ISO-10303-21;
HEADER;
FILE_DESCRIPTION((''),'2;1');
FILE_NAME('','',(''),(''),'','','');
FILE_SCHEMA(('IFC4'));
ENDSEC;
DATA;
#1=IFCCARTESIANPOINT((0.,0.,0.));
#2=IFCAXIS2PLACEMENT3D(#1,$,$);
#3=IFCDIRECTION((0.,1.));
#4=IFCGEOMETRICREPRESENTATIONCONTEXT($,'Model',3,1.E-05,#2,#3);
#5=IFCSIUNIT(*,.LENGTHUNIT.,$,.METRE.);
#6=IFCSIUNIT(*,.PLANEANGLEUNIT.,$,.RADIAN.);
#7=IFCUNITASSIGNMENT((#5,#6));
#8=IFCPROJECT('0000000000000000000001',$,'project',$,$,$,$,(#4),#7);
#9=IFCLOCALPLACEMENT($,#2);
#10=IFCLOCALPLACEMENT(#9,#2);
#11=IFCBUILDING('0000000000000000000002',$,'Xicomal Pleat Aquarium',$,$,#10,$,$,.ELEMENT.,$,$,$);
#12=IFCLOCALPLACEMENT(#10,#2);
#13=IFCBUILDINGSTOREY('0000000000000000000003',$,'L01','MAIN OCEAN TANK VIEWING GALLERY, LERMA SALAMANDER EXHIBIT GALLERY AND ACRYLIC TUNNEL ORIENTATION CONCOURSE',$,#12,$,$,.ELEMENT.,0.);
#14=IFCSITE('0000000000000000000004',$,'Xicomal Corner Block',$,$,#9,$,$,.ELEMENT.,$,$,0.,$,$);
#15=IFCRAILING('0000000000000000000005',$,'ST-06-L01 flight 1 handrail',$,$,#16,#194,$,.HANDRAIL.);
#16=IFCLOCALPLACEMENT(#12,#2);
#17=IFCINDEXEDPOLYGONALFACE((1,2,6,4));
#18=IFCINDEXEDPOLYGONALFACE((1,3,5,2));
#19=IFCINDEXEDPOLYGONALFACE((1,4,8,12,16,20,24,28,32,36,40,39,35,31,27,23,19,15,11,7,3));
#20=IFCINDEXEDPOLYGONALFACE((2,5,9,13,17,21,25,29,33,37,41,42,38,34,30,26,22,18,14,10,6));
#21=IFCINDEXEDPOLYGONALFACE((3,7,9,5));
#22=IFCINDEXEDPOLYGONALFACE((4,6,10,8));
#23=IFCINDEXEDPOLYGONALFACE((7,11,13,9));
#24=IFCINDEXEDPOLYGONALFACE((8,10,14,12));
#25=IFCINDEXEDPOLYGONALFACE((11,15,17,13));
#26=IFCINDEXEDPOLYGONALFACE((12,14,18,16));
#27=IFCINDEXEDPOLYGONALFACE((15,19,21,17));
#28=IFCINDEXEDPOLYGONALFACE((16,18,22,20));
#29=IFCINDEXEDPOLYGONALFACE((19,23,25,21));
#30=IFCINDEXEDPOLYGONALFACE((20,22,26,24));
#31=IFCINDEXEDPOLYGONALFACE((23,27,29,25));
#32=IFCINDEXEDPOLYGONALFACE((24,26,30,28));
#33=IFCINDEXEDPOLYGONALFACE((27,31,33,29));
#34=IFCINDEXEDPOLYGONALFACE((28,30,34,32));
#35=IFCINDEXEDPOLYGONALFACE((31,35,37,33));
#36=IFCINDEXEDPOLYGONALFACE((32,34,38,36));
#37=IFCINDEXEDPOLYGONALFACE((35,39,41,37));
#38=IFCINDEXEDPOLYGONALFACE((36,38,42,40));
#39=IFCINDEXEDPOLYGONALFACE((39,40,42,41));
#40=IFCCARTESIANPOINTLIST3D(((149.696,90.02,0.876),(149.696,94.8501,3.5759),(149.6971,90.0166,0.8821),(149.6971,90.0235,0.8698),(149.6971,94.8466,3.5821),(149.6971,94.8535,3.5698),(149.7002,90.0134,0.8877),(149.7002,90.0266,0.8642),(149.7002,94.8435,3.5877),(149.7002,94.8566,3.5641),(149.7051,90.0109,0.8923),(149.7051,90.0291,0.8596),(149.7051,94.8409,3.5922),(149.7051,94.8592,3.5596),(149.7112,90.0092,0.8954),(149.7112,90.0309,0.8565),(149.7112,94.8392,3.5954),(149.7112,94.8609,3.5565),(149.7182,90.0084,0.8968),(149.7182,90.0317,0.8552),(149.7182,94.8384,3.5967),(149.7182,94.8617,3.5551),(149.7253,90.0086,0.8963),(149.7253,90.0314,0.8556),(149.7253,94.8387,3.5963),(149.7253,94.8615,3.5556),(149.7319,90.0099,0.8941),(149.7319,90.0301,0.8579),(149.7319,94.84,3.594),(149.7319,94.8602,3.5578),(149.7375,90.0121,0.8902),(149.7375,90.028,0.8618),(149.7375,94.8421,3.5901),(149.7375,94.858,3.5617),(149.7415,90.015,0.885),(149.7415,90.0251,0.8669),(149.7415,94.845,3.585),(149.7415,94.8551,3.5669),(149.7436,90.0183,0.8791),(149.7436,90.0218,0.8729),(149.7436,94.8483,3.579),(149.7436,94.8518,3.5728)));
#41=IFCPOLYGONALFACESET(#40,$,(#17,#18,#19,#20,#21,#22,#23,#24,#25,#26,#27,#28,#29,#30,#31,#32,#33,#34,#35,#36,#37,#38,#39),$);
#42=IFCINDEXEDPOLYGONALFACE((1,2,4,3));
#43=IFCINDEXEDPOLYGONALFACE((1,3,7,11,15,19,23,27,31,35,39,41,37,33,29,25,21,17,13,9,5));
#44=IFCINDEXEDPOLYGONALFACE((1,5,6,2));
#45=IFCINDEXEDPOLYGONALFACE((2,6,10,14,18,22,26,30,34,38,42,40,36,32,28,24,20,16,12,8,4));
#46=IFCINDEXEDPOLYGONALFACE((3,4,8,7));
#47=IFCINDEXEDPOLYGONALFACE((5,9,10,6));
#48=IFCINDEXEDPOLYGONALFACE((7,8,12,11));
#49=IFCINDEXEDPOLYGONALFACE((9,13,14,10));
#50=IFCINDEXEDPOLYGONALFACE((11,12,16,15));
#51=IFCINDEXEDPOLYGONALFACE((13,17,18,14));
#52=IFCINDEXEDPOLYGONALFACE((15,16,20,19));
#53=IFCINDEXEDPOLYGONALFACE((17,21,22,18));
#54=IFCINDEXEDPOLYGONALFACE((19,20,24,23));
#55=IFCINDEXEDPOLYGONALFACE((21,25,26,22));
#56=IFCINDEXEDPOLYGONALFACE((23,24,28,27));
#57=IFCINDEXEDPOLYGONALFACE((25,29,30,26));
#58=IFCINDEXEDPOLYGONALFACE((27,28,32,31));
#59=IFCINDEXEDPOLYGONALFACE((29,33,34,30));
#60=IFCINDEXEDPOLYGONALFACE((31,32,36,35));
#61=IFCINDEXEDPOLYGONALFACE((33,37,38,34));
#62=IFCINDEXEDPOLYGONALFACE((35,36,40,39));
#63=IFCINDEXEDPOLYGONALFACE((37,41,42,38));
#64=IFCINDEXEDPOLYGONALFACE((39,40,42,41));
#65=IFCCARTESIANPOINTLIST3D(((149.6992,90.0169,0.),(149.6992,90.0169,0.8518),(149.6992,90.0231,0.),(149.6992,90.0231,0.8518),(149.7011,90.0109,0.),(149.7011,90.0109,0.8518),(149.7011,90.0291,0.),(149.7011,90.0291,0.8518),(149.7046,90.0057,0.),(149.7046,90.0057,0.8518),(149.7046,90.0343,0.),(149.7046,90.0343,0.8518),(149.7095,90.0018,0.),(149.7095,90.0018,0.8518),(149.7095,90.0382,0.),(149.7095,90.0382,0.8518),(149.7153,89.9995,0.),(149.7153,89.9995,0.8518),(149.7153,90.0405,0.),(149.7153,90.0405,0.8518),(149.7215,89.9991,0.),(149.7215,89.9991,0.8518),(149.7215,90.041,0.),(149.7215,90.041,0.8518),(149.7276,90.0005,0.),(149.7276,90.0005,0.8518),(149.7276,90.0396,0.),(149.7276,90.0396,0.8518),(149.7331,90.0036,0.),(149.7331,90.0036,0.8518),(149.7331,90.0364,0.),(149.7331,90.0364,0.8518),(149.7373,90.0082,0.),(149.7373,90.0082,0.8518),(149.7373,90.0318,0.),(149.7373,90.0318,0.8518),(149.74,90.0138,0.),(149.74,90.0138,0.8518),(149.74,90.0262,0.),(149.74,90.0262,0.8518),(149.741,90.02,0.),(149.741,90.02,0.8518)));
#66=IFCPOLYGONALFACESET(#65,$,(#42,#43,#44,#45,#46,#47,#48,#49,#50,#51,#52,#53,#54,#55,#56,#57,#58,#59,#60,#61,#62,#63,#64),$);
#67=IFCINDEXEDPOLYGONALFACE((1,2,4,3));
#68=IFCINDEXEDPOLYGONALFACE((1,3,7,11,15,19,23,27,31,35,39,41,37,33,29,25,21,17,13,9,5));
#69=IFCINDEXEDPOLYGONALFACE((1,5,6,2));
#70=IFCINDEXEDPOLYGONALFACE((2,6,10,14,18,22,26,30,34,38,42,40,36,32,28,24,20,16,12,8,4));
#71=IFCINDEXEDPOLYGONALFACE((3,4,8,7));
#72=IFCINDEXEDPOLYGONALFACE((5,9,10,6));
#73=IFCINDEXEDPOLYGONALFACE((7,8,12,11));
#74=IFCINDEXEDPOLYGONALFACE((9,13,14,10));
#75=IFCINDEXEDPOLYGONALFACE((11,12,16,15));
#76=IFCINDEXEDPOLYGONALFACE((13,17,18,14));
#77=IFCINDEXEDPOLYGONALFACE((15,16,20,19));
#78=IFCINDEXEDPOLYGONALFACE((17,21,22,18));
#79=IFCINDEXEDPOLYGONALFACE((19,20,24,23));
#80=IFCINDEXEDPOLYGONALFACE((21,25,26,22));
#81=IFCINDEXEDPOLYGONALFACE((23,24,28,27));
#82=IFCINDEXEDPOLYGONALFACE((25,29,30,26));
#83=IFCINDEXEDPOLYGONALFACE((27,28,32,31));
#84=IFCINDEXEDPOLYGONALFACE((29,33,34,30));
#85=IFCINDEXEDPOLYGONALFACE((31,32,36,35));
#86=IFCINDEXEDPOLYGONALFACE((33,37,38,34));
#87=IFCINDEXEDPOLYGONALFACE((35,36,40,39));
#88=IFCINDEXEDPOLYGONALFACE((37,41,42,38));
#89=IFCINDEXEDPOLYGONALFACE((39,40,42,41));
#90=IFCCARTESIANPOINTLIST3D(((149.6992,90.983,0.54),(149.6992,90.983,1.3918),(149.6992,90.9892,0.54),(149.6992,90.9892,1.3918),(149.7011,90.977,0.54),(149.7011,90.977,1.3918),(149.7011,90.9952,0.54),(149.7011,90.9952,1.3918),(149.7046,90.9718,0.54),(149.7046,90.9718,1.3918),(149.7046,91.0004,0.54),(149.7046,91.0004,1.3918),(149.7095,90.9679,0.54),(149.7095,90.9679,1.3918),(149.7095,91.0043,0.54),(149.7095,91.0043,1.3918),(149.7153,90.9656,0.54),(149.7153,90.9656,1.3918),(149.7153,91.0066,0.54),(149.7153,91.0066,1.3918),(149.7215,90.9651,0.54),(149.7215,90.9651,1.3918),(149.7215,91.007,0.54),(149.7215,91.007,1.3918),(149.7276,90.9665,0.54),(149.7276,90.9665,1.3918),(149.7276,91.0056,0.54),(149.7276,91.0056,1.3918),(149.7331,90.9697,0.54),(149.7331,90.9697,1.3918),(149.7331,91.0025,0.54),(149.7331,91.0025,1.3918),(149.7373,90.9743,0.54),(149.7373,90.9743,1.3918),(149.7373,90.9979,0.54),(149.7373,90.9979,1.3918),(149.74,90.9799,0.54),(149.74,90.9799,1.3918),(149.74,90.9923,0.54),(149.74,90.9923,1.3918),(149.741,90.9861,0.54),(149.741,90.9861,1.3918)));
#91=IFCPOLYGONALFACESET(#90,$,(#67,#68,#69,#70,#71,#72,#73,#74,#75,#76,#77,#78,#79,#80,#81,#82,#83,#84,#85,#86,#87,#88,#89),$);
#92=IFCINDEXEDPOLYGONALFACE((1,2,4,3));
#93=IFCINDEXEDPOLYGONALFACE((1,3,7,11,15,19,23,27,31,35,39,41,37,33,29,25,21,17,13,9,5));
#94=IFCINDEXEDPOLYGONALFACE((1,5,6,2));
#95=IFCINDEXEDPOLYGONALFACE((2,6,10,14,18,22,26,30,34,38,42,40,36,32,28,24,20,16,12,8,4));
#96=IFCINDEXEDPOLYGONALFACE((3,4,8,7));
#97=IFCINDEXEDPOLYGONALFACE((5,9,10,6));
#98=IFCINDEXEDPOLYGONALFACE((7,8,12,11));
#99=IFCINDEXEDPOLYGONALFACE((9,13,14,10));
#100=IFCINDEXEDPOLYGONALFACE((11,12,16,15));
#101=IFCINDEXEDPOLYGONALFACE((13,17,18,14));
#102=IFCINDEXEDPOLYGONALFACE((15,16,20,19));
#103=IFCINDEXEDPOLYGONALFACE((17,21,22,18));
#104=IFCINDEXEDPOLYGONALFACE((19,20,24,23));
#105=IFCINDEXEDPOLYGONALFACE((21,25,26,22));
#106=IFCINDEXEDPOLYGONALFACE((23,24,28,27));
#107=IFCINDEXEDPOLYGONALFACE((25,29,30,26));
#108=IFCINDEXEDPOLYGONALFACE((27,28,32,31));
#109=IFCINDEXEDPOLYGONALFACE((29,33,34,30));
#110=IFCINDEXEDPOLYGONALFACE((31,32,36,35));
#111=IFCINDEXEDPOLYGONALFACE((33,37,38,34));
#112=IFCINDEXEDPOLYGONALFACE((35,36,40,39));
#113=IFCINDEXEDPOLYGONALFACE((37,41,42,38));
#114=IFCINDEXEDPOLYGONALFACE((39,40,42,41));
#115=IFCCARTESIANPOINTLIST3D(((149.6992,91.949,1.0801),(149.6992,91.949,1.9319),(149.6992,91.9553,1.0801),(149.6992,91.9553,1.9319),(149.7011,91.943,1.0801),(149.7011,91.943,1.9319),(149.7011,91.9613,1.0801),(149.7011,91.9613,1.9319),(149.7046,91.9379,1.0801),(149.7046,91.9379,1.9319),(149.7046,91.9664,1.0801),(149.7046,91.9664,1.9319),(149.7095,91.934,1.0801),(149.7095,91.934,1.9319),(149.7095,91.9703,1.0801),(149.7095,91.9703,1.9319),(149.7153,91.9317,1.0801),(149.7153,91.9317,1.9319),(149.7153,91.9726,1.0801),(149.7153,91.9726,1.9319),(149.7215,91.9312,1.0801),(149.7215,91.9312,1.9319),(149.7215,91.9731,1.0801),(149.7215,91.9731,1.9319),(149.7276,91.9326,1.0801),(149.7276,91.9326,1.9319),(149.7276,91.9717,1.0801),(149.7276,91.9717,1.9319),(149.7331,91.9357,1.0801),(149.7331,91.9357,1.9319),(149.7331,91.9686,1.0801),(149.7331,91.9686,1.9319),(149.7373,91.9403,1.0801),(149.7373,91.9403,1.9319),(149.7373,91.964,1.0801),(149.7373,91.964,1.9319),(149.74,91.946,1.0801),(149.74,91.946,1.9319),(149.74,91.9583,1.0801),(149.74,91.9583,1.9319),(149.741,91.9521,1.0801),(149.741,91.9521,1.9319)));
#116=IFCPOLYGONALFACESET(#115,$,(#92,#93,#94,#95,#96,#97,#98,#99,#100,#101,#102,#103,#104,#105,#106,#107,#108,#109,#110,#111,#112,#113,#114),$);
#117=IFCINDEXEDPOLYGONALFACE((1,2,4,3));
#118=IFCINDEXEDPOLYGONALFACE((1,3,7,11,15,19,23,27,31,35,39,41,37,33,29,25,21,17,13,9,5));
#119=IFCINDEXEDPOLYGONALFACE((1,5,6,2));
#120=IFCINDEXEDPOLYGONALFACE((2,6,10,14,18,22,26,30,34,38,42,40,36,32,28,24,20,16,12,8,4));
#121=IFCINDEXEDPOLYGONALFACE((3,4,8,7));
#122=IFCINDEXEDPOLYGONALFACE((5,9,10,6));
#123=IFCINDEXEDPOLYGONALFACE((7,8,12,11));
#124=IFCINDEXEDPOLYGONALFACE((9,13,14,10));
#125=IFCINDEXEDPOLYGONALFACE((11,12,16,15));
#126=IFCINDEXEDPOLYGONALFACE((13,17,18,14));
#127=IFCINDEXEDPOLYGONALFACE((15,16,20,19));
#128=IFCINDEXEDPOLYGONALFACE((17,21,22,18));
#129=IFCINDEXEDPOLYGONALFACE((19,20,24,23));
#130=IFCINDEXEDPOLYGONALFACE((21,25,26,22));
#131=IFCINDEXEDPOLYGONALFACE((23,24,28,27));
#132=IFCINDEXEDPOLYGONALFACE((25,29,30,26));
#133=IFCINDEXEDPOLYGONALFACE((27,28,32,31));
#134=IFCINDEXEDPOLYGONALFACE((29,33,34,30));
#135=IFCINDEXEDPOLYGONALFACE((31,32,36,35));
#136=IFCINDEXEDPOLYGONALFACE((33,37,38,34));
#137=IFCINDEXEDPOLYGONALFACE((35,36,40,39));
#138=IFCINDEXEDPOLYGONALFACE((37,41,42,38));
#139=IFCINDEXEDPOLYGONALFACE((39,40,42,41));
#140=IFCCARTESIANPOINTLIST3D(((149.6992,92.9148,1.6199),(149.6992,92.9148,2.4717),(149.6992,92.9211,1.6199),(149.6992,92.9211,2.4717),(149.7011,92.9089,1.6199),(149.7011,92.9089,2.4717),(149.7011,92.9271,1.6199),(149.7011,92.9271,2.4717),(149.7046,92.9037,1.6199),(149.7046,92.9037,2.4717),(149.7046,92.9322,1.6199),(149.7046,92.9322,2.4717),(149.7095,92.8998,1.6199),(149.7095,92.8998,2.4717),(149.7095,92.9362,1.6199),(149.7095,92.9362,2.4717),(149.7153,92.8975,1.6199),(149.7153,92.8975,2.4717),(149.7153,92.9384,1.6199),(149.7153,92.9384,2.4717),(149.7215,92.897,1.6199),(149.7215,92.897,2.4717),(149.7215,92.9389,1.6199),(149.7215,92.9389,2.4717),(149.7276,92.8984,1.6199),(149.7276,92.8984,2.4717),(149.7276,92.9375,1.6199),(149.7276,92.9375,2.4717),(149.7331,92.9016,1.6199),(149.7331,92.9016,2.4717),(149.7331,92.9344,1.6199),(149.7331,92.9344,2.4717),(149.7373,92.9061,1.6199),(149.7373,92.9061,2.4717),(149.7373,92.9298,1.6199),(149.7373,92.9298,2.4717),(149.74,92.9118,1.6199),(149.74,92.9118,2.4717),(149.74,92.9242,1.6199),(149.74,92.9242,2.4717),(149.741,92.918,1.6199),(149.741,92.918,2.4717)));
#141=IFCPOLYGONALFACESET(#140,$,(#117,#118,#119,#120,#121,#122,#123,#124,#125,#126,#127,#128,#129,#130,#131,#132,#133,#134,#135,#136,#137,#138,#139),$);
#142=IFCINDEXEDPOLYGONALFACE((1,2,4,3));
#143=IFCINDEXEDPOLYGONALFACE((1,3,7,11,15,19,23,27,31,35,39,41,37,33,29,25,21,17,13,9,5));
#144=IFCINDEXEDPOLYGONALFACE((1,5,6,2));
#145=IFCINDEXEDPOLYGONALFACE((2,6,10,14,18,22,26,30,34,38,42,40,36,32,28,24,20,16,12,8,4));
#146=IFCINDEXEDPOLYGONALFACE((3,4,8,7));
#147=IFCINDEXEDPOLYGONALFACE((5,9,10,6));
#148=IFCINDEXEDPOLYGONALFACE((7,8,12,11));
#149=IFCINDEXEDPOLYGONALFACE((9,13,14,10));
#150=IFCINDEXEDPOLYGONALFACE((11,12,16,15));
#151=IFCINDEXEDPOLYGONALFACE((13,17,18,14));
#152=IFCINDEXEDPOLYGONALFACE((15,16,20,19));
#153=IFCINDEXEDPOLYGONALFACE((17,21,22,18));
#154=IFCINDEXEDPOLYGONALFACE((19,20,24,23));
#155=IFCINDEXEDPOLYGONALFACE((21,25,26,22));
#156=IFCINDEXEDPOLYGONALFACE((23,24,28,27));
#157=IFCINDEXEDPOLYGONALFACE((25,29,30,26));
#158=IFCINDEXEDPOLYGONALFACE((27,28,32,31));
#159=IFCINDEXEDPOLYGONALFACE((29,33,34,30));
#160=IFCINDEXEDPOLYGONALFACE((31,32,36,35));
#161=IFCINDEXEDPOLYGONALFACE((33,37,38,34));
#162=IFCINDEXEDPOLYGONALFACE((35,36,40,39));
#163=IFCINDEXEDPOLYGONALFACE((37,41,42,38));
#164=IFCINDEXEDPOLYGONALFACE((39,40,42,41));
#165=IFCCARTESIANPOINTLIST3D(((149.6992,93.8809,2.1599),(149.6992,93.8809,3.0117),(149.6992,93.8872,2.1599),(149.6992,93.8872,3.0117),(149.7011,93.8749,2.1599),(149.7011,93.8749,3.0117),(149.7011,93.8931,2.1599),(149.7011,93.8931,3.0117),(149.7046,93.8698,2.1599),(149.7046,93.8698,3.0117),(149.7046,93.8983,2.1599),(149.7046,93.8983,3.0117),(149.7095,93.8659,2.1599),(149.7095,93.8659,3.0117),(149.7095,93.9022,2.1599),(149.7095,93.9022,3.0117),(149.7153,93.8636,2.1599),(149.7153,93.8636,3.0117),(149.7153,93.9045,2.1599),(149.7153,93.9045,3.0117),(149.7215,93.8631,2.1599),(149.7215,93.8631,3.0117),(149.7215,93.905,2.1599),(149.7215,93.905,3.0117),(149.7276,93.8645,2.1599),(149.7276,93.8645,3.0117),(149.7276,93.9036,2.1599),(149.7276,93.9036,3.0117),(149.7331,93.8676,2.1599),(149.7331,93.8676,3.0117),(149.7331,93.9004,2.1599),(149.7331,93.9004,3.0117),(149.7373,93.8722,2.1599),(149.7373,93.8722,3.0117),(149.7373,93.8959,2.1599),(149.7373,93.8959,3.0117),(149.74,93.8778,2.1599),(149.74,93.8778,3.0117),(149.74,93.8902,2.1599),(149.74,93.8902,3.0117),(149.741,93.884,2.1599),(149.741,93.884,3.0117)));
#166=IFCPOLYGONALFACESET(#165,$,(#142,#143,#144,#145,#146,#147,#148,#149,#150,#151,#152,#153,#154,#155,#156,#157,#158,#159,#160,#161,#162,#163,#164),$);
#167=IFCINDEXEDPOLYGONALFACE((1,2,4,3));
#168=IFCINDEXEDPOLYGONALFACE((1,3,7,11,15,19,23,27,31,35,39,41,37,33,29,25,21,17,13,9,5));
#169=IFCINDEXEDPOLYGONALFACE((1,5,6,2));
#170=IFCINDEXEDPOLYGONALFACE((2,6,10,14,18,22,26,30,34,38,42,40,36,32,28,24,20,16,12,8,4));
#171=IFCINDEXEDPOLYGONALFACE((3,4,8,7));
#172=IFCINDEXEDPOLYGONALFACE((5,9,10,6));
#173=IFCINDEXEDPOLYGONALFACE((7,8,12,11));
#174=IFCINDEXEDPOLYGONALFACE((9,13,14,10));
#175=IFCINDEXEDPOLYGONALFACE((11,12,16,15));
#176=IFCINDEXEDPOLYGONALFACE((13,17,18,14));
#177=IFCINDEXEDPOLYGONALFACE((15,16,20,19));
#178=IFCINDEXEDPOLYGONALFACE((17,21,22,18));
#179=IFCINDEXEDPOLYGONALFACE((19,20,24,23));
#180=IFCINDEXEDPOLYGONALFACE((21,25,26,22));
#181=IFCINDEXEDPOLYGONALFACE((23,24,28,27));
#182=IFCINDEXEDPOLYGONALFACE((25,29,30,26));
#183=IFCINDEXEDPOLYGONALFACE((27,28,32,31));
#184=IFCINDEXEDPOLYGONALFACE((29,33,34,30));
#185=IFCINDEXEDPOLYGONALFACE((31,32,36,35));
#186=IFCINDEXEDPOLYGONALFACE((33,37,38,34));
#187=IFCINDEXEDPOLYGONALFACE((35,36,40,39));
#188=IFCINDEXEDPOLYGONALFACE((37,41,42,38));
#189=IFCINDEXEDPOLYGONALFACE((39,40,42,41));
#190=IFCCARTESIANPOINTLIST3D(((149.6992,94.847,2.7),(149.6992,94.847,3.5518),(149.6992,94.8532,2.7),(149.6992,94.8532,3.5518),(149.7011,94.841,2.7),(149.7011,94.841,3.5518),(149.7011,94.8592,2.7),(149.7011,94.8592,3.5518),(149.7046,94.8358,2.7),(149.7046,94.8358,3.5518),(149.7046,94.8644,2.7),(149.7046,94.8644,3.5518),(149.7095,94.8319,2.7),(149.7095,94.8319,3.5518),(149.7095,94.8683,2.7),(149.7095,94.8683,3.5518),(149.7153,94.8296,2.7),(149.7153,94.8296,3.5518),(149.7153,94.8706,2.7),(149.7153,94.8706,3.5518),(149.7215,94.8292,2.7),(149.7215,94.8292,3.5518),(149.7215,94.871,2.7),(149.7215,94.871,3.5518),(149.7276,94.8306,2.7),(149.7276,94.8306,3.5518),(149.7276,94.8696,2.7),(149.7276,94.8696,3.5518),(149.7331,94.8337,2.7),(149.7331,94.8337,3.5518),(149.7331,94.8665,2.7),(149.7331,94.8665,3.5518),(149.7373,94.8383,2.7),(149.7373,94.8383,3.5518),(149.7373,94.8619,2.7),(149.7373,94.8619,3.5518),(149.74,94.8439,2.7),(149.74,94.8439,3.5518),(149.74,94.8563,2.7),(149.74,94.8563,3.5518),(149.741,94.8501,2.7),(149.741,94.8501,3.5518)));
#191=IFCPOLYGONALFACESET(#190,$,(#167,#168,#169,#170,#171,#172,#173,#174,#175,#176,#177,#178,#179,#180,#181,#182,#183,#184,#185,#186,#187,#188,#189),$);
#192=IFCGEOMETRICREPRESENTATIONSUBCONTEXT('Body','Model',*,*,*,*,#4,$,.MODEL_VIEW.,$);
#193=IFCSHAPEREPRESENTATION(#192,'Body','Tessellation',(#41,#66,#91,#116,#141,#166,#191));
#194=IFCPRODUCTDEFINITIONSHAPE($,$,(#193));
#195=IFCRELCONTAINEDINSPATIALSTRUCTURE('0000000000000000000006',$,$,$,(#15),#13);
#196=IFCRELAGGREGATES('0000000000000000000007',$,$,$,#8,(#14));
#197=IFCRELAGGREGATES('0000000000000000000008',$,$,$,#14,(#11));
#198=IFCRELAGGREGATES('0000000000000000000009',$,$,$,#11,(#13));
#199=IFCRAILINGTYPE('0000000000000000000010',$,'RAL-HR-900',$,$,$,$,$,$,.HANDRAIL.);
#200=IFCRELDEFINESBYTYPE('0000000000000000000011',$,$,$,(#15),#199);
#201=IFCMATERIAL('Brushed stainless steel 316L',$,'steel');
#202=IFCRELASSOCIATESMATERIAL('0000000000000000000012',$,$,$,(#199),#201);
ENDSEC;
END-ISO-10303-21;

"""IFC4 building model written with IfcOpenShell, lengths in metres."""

from ifc_helpers import new_model, si_unit, direction, frame, origin, origin_2d, place, context, subcontext, project, spatial, circle, extrude, material, type_object, element, save


model = new_model("IFC4")

# Units and contexts
model_context = context("Model", 3, precision=1e-05, world=origin(), true_north=direction((0.0, 1.0)))
body_context = subcontext(model_context, "Body", "Model", "MODEL_VIEW")
ifc_project = project(units=[si_unit("LENGTHUNIT", "METRE"), si_unit("PLANEANGLEUNIT", "RADIAN")], contexts=[model_context])

# Site, building, storey
site_placement = place(None, origin())
site = spatial("IfcSite", under=ifc_project, at=site_placement, Name="Xicomal Corner Block", CompositionType="ELEMENT", RefElevation=0.0)
building_placement = place(site_placement, origin())
building = spatial("IfcBuilding", under=site, at=building_placement, Name="Xicomal Pleat Aquarium", CompositionType="ELEMENT")
storey_placement = place(building_placement, origin())
storey = spatial("IfcBuildingStorey", under=building, at=storey_placement, Name="L01", Description="MAIN OCEAN TANK VIEWING GALLERY, LERMA SALAMANDER EXHIBIT GALLERY AND ACRYLIC TUNNEL ORIENTATION CONCOURSE", CompositionType="ELEMENT", Elevation=0.0)

# Railing
ifc_material_1 = material(Name="Brushed stainless steel 316L", Category="steel")
railing_type_1 = type_object("IfcRailingType", Name="RAL-HR-900", PredefinedType="HANDRAIL", material=ifc_material_1)
railing_1_placement = place(storey_placement, frame((149.72, 90.02, 0.0)))
element("IfcRailing", 1, at=railing_1_placement, inside=storey, type_object=railing_type_1, Name="ST-06-L01 flight 1 handrail", PredefinedType="HANDRAIL", context=body_context, shape_type="SweptSolid", body=[
    extrude(circle(Radius=0.0239, at=origin_2d()), frame((0.0, 0.0, 0.876), z_axis=(0.0, 0.872883, 0.48793), x_axis=(-1.0, 0.0, 0.0)), (0.0, 0.0, 1.0), 5.5334),
    extrude(circle(Radius=0.021, at=origin_2d()), origin(), (0.0, 0.0, 1.0), 0.8518),
    extrude(circle(Radius=0.021, at=origin_2d()), frame((0.0, 0.9661, 0.54)), (0.0, 0.0, 1.0), 0.8518),
    extrude(circle(Radius=0.021, at=origin_2d()), frame((0.0, 1.9321, 1.0801)), (0.0, 0.0, 1.0), 0.8518),
    extrude(circle(Radius=0.021, at=origin_2d()), frame((0.0, 2.8979, 1.6199)), (0.0, 0.0, 1.0), 0.8518),
    extrude(circle(Radius=0.021, at=origin_2d()), frame((0.0, 3.864, 2.1599)), (0.0, 0.0, 1.0), 0.8518),
    extrude(circle(Radius=0.021, at=origin_2d()), frame((0.0, 4.8301, 2.7)), (0.0, 0.0, 1.0), 0.8518),
])

save(model, "model.ifc")
